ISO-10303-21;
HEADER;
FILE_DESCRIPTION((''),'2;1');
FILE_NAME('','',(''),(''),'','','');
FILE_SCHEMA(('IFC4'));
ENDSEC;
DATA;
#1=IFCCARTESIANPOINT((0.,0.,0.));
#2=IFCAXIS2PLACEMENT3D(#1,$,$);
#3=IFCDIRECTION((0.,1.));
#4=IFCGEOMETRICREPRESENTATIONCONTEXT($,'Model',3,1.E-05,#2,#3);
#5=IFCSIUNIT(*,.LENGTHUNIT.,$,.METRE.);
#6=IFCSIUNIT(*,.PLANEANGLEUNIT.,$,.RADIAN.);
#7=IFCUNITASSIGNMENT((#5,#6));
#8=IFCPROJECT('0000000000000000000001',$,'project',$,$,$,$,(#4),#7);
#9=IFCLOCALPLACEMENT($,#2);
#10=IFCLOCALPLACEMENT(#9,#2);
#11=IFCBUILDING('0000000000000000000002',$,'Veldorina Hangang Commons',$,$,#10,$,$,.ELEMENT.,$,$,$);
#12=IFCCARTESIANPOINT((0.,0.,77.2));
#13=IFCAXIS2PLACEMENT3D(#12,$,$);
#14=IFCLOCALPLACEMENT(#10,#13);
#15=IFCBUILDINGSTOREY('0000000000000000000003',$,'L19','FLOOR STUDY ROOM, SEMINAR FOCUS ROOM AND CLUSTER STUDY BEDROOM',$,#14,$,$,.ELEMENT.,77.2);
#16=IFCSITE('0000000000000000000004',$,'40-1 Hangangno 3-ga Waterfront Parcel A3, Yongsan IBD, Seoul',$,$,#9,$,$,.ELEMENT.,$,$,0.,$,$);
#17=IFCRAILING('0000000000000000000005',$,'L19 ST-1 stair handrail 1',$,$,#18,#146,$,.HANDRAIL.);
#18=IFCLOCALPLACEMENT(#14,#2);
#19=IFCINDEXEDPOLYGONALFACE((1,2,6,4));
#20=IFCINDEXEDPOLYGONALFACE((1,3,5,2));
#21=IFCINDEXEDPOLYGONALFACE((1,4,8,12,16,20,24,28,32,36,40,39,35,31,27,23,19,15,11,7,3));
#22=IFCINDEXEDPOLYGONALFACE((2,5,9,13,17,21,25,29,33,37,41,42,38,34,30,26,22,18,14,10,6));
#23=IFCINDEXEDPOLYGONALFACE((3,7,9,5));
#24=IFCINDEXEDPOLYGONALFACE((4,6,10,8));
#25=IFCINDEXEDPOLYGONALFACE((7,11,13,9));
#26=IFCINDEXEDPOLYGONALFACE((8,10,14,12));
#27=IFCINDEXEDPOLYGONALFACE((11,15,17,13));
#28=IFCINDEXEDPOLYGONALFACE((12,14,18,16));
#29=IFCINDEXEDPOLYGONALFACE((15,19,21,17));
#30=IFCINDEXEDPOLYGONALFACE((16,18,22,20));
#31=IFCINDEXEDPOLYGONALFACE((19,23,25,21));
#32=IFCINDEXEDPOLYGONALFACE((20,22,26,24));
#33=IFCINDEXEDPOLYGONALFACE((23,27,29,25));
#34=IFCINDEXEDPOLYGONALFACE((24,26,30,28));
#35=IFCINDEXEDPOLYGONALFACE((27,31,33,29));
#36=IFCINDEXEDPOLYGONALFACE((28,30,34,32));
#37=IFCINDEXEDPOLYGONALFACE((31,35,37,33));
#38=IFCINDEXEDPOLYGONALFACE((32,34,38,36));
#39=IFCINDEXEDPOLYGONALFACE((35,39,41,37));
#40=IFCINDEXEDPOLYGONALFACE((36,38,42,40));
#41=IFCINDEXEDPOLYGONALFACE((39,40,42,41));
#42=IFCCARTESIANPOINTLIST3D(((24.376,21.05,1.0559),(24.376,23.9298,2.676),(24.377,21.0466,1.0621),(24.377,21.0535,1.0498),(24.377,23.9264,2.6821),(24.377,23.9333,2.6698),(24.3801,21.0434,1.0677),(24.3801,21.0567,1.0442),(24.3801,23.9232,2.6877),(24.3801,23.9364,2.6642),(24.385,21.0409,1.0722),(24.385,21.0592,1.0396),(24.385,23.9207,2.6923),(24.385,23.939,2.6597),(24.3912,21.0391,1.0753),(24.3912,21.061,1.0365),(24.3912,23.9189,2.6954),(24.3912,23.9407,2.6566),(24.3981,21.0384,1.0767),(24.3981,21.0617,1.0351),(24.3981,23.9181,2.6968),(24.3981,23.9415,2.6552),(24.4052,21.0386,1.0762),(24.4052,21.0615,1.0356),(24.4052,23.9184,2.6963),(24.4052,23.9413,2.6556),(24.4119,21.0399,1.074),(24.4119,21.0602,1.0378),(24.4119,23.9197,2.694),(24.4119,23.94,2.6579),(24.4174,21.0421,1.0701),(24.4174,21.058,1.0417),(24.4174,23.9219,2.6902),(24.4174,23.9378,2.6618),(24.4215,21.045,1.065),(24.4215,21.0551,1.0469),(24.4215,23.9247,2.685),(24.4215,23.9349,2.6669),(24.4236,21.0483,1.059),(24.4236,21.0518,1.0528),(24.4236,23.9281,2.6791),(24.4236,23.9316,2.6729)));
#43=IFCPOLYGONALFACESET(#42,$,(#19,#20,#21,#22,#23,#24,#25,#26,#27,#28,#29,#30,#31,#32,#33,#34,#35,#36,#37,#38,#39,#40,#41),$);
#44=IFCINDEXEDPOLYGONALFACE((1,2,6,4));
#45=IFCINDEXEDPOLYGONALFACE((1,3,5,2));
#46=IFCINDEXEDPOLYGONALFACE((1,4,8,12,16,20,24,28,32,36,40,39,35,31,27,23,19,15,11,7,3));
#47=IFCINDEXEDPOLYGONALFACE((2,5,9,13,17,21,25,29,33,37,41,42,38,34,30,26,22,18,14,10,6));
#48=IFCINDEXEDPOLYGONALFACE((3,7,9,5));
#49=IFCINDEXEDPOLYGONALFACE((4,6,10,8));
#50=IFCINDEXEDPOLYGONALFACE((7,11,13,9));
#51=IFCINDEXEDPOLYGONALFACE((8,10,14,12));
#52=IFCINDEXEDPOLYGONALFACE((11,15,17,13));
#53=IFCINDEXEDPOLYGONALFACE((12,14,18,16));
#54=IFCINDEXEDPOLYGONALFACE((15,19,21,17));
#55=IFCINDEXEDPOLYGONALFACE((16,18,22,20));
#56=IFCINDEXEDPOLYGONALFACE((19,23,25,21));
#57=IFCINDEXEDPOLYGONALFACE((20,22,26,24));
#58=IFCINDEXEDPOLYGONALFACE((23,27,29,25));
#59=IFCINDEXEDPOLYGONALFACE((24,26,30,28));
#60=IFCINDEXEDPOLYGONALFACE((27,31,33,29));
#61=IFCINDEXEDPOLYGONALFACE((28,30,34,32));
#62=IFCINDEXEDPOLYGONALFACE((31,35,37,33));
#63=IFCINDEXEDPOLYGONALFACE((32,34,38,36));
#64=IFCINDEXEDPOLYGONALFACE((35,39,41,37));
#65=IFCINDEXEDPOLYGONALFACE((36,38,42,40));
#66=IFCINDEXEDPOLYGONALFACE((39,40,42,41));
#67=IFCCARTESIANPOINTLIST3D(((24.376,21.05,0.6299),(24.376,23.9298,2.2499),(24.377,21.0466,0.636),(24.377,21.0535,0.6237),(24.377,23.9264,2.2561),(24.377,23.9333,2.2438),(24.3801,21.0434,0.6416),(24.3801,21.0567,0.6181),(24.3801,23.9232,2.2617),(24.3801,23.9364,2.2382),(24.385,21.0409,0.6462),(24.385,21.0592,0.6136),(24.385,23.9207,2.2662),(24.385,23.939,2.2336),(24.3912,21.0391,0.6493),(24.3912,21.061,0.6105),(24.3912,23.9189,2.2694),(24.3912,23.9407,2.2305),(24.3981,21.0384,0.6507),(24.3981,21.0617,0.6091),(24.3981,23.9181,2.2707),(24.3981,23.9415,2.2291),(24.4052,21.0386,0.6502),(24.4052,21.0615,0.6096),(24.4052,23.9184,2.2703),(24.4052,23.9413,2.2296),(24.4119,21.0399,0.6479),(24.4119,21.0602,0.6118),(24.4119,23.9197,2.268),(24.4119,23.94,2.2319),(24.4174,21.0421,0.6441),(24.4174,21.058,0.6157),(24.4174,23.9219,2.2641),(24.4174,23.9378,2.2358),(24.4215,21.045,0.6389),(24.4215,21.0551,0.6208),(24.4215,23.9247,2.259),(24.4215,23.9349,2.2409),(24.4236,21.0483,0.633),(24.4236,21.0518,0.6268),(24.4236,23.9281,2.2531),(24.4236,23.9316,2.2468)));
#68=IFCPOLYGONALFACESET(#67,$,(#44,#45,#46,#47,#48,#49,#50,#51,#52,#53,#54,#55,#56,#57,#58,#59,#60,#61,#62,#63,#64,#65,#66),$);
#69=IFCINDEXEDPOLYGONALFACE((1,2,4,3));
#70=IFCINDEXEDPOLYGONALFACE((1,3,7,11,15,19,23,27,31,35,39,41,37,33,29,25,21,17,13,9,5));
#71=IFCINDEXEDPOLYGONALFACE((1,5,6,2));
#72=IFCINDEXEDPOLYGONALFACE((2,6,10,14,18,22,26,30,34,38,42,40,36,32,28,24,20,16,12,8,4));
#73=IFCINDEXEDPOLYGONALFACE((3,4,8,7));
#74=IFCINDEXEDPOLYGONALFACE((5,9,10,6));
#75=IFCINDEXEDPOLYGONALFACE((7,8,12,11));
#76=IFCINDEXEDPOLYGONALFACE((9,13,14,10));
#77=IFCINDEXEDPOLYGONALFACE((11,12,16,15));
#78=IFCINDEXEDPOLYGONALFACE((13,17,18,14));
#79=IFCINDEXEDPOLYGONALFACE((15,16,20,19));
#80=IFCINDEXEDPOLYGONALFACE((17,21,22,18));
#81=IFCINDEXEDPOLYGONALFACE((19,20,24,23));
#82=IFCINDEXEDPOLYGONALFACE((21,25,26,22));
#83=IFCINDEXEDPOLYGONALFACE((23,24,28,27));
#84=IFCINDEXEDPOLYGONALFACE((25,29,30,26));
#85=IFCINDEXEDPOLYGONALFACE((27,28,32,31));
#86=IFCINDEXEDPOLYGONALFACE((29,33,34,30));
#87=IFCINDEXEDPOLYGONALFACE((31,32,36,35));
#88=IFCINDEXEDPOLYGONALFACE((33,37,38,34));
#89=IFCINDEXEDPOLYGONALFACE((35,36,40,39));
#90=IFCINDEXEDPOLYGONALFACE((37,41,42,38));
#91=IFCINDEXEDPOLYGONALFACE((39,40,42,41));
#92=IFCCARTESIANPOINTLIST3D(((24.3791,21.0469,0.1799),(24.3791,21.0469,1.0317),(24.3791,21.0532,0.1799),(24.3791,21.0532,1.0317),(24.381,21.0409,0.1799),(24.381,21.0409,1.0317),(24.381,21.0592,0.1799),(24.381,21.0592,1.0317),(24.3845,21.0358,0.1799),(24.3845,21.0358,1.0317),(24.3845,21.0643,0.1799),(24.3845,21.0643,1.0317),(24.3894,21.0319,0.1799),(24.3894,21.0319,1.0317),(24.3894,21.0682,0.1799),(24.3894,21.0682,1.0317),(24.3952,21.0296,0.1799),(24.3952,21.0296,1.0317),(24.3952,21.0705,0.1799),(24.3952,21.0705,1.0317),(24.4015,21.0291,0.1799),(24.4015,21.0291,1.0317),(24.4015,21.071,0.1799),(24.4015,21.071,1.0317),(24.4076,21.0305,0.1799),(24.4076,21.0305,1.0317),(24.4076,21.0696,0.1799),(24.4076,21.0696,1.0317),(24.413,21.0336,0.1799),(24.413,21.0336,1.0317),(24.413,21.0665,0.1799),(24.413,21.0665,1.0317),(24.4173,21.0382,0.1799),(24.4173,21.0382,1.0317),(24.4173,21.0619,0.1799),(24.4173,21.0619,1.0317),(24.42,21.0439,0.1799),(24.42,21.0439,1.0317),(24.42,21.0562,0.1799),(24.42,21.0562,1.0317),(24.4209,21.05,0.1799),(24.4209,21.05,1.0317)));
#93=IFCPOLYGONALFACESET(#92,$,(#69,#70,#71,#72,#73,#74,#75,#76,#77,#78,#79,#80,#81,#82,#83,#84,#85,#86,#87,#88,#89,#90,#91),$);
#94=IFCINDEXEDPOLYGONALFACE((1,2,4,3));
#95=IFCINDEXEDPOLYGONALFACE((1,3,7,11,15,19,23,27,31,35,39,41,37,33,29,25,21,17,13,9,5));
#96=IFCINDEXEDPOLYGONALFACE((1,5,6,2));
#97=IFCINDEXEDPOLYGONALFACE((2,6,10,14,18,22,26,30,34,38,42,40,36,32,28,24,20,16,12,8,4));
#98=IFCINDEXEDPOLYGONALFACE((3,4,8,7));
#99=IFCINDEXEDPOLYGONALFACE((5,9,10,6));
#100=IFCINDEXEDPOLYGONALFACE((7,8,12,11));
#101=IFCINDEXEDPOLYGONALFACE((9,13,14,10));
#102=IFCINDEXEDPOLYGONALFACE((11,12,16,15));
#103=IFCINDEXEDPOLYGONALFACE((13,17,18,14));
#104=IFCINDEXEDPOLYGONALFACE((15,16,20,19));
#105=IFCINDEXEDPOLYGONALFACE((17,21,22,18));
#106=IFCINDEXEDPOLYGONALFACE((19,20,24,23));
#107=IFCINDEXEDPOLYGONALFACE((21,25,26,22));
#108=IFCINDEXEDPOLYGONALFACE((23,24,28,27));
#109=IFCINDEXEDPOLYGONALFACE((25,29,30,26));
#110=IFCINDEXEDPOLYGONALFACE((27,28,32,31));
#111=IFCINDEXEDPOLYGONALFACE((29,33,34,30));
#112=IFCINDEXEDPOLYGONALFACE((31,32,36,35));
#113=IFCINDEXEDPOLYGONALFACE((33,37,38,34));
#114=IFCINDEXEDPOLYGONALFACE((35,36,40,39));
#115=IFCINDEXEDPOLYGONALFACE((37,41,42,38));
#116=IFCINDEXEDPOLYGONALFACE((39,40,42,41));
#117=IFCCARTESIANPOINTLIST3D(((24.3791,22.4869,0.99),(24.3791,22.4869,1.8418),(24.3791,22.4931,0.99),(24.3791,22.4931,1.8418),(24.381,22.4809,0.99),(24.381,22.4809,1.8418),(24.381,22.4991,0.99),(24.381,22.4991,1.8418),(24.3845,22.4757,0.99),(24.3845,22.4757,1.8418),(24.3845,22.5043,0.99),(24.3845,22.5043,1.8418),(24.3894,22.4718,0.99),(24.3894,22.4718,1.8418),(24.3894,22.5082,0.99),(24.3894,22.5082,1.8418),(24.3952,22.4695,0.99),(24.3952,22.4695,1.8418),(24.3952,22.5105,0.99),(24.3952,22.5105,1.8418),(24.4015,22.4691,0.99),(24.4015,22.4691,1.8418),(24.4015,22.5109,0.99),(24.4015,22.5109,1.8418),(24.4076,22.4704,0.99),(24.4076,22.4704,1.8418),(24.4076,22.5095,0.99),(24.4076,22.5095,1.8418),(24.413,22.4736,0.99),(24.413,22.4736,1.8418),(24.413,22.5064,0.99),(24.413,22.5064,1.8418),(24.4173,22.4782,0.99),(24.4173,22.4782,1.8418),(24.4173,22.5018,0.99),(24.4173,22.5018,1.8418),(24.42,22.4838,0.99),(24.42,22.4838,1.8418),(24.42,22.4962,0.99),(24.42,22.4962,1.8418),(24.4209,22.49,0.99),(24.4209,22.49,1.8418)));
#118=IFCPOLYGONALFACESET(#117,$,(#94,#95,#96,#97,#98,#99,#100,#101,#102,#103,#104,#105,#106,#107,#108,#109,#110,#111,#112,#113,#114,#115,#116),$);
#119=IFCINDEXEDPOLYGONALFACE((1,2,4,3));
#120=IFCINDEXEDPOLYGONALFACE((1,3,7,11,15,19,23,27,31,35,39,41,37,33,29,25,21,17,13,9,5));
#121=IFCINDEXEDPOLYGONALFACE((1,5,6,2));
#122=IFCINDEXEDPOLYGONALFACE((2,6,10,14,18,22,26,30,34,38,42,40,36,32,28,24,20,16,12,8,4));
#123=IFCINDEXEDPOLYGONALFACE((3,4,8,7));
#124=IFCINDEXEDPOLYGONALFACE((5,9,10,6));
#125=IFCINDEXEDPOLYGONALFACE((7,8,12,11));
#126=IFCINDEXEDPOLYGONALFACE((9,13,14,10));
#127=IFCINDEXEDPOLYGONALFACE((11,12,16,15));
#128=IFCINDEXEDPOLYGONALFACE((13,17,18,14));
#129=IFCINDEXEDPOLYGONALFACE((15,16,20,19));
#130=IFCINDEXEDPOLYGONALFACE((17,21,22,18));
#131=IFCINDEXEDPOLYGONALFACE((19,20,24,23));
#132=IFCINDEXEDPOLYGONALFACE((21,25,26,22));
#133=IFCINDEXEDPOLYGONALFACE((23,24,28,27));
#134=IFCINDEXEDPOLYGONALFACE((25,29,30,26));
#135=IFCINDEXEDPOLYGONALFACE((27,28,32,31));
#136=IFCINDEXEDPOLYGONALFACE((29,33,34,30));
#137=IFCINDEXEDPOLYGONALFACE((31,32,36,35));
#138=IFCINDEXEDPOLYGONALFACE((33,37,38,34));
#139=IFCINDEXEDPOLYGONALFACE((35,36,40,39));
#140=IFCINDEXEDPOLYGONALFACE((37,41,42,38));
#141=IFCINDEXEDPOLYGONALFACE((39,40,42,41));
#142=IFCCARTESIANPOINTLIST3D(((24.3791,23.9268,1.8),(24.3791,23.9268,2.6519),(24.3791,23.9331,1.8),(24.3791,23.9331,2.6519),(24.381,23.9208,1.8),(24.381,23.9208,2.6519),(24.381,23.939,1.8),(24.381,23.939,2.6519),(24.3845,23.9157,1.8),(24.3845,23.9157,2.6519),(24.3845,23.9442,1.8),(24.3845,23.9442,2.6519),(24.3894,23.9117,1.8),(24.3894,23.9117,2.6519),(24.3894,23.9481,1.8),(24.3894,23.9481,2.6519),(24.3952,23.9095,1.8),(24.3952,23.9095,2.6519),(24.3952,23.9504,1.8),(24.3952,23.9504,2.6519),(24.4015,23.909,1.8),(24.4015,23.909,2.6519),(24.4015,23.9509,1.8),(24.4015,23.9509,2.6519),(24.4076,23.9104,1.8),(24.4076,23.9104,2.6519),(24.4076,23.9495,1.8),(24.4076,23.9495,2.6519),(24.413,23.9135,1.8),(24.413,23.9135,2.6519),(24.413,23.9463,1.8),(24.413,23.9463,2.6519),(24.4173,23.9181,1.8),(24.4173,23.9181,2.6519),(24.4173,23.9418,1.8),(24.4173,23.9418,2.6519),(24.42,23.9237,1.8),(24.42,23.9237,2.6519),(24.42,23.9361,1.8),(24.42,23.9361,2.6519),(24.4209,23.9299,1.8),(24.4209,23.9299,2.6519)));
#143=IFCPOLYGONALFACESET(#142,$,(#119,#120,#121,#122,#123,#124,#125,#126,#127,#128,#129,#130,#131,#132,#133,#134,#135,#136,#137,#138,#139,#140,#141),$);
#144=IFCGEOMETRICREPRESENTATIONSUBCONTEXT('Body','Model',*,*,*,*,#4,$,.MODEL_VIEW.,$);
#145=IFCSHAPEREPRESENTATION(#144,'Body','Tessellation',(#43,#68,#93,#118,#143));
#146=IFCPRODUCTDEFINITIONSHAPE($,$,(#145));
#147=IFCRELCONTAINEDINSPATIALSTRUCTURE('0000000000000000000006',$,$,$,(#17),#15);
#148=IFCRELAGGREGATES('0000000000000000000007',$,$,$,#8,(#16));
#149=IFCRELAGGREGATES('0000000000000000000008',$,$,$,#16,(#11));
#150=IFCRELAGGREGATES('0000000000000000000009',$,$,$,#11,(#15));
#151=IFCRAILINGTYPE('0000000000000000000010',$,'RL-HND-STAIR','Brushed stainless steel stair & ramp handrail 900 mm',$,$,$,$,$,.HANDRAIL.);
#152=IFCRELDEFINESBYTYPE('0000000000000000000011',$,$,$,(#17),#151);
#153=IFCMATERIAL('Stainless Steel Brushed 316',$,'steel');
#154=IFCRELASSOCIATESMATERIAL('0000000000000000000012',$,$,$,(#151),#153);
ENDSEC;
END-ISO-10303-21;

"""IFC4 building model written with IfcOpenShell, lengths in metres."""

from ifc_helpers import new_model, si_unit, direction, frame, origin, origin_2d, place, context, subcontext, project, spatial, circle, extrude, material, type_object, element, save


model = new_model("IFC4")

# Units and contexts
model_context = context("Model", 3, precision=1e-05, world=origin(), true_north=direction((0.0, 1.0)))
body_context = subcontext(model_context, "Body", "Model", "MODEL_VIEW")
ifc_project = project(units=[si_unit("LENGTHUNIT", "METRE"), si_unit("PLANEANGLEUNIT", "RADIAN")], contexts=[model_context])

# Site, building, storey
site_placement = place(None, origin())
site = spatial("IfcSite", under=ifc_project, at=site_placement, Name="40-1 Hangangno 3-ga Waterfront Parcel A3, Yongsan IBD, Seoul", CompositionType="ELEMENT", RefElevation=0.0)
building_placement = place(site_placement, origin())
building = spatial("IfcBuilding", under=site, at=building_placement, Name="Veldorina Hangang Commons", CompositionType="ELEMENT")
storey_placement = place(building_placement, frame((0.0, 0.0, 77.2)))
storey = spatial("IfcBuildingStorey", under=building, at=storey_placement, Name="L19", Description="FLOOR STUDY ROOM, SEMINAR FOCUS ROOM AND CLUSTER STUDY BEDROOM", CompositionType="ELEMENT", Elevation=77.2)

# Railing
ifc_material_1 = material(Name="Stainless Steel Brushed 316", Category="steel")
railing_type_1 = type_object("IfcRailingType", Name="RL-HND-STAIR", Description="Brushed stainless steel stair & ramp handrail 900 mm", PredefinedType="HANDRAIL", material=ifc_material_1)
railing_1_placement = place(storey_placement, frame((24.3999, 21.05, 0.1799)))
element("IfcRailing", 1, at=railing_1_placement, inside=storey, type_object=railing_type_1, Name="L19 ST-1 stair handrail 1", PredefinedType="HANDRAIL", context=body_context, shape_type="SweptSolid", body=[
    extrude(circle(Radius=0.0239, at=origin_2d()), frame((0.0, 0.0, 0.876), z_axis=(0.0, 0.871552, 0.490303), x_axis=(-1.0, 0.0, 0.0)), (0.0, 0.0, 1.0), 3.3042),
    extrude(circle(Radius=0.0239, at=origin_2d()), frame((0.0, 0.0, 0.45), z_axis=(0.0, 0.871552, 0.490303), x_axis=(-1.0, 0.0, 0.0)), (0.0, 0.0, 1.0), 3.3042),
    extrude(circle(Radius=0.021, at=origin_2d()), origin(), (0.0, 0.0, 1.0), 0.8518),
    extrude(circle(Radius=0.021, at=origin_2d()), frame((0.0, 1.4399, 0.8101)), (0.0, 0.0, 1.0), 0.8518),
    extrude(circle(Radius=0.021, at=origin_2d()), frame((0.0, 2.8799, 1.6201)), (0.0, 0.0, 1.0), 0.8518),
])

save(model, "model.ifc")
